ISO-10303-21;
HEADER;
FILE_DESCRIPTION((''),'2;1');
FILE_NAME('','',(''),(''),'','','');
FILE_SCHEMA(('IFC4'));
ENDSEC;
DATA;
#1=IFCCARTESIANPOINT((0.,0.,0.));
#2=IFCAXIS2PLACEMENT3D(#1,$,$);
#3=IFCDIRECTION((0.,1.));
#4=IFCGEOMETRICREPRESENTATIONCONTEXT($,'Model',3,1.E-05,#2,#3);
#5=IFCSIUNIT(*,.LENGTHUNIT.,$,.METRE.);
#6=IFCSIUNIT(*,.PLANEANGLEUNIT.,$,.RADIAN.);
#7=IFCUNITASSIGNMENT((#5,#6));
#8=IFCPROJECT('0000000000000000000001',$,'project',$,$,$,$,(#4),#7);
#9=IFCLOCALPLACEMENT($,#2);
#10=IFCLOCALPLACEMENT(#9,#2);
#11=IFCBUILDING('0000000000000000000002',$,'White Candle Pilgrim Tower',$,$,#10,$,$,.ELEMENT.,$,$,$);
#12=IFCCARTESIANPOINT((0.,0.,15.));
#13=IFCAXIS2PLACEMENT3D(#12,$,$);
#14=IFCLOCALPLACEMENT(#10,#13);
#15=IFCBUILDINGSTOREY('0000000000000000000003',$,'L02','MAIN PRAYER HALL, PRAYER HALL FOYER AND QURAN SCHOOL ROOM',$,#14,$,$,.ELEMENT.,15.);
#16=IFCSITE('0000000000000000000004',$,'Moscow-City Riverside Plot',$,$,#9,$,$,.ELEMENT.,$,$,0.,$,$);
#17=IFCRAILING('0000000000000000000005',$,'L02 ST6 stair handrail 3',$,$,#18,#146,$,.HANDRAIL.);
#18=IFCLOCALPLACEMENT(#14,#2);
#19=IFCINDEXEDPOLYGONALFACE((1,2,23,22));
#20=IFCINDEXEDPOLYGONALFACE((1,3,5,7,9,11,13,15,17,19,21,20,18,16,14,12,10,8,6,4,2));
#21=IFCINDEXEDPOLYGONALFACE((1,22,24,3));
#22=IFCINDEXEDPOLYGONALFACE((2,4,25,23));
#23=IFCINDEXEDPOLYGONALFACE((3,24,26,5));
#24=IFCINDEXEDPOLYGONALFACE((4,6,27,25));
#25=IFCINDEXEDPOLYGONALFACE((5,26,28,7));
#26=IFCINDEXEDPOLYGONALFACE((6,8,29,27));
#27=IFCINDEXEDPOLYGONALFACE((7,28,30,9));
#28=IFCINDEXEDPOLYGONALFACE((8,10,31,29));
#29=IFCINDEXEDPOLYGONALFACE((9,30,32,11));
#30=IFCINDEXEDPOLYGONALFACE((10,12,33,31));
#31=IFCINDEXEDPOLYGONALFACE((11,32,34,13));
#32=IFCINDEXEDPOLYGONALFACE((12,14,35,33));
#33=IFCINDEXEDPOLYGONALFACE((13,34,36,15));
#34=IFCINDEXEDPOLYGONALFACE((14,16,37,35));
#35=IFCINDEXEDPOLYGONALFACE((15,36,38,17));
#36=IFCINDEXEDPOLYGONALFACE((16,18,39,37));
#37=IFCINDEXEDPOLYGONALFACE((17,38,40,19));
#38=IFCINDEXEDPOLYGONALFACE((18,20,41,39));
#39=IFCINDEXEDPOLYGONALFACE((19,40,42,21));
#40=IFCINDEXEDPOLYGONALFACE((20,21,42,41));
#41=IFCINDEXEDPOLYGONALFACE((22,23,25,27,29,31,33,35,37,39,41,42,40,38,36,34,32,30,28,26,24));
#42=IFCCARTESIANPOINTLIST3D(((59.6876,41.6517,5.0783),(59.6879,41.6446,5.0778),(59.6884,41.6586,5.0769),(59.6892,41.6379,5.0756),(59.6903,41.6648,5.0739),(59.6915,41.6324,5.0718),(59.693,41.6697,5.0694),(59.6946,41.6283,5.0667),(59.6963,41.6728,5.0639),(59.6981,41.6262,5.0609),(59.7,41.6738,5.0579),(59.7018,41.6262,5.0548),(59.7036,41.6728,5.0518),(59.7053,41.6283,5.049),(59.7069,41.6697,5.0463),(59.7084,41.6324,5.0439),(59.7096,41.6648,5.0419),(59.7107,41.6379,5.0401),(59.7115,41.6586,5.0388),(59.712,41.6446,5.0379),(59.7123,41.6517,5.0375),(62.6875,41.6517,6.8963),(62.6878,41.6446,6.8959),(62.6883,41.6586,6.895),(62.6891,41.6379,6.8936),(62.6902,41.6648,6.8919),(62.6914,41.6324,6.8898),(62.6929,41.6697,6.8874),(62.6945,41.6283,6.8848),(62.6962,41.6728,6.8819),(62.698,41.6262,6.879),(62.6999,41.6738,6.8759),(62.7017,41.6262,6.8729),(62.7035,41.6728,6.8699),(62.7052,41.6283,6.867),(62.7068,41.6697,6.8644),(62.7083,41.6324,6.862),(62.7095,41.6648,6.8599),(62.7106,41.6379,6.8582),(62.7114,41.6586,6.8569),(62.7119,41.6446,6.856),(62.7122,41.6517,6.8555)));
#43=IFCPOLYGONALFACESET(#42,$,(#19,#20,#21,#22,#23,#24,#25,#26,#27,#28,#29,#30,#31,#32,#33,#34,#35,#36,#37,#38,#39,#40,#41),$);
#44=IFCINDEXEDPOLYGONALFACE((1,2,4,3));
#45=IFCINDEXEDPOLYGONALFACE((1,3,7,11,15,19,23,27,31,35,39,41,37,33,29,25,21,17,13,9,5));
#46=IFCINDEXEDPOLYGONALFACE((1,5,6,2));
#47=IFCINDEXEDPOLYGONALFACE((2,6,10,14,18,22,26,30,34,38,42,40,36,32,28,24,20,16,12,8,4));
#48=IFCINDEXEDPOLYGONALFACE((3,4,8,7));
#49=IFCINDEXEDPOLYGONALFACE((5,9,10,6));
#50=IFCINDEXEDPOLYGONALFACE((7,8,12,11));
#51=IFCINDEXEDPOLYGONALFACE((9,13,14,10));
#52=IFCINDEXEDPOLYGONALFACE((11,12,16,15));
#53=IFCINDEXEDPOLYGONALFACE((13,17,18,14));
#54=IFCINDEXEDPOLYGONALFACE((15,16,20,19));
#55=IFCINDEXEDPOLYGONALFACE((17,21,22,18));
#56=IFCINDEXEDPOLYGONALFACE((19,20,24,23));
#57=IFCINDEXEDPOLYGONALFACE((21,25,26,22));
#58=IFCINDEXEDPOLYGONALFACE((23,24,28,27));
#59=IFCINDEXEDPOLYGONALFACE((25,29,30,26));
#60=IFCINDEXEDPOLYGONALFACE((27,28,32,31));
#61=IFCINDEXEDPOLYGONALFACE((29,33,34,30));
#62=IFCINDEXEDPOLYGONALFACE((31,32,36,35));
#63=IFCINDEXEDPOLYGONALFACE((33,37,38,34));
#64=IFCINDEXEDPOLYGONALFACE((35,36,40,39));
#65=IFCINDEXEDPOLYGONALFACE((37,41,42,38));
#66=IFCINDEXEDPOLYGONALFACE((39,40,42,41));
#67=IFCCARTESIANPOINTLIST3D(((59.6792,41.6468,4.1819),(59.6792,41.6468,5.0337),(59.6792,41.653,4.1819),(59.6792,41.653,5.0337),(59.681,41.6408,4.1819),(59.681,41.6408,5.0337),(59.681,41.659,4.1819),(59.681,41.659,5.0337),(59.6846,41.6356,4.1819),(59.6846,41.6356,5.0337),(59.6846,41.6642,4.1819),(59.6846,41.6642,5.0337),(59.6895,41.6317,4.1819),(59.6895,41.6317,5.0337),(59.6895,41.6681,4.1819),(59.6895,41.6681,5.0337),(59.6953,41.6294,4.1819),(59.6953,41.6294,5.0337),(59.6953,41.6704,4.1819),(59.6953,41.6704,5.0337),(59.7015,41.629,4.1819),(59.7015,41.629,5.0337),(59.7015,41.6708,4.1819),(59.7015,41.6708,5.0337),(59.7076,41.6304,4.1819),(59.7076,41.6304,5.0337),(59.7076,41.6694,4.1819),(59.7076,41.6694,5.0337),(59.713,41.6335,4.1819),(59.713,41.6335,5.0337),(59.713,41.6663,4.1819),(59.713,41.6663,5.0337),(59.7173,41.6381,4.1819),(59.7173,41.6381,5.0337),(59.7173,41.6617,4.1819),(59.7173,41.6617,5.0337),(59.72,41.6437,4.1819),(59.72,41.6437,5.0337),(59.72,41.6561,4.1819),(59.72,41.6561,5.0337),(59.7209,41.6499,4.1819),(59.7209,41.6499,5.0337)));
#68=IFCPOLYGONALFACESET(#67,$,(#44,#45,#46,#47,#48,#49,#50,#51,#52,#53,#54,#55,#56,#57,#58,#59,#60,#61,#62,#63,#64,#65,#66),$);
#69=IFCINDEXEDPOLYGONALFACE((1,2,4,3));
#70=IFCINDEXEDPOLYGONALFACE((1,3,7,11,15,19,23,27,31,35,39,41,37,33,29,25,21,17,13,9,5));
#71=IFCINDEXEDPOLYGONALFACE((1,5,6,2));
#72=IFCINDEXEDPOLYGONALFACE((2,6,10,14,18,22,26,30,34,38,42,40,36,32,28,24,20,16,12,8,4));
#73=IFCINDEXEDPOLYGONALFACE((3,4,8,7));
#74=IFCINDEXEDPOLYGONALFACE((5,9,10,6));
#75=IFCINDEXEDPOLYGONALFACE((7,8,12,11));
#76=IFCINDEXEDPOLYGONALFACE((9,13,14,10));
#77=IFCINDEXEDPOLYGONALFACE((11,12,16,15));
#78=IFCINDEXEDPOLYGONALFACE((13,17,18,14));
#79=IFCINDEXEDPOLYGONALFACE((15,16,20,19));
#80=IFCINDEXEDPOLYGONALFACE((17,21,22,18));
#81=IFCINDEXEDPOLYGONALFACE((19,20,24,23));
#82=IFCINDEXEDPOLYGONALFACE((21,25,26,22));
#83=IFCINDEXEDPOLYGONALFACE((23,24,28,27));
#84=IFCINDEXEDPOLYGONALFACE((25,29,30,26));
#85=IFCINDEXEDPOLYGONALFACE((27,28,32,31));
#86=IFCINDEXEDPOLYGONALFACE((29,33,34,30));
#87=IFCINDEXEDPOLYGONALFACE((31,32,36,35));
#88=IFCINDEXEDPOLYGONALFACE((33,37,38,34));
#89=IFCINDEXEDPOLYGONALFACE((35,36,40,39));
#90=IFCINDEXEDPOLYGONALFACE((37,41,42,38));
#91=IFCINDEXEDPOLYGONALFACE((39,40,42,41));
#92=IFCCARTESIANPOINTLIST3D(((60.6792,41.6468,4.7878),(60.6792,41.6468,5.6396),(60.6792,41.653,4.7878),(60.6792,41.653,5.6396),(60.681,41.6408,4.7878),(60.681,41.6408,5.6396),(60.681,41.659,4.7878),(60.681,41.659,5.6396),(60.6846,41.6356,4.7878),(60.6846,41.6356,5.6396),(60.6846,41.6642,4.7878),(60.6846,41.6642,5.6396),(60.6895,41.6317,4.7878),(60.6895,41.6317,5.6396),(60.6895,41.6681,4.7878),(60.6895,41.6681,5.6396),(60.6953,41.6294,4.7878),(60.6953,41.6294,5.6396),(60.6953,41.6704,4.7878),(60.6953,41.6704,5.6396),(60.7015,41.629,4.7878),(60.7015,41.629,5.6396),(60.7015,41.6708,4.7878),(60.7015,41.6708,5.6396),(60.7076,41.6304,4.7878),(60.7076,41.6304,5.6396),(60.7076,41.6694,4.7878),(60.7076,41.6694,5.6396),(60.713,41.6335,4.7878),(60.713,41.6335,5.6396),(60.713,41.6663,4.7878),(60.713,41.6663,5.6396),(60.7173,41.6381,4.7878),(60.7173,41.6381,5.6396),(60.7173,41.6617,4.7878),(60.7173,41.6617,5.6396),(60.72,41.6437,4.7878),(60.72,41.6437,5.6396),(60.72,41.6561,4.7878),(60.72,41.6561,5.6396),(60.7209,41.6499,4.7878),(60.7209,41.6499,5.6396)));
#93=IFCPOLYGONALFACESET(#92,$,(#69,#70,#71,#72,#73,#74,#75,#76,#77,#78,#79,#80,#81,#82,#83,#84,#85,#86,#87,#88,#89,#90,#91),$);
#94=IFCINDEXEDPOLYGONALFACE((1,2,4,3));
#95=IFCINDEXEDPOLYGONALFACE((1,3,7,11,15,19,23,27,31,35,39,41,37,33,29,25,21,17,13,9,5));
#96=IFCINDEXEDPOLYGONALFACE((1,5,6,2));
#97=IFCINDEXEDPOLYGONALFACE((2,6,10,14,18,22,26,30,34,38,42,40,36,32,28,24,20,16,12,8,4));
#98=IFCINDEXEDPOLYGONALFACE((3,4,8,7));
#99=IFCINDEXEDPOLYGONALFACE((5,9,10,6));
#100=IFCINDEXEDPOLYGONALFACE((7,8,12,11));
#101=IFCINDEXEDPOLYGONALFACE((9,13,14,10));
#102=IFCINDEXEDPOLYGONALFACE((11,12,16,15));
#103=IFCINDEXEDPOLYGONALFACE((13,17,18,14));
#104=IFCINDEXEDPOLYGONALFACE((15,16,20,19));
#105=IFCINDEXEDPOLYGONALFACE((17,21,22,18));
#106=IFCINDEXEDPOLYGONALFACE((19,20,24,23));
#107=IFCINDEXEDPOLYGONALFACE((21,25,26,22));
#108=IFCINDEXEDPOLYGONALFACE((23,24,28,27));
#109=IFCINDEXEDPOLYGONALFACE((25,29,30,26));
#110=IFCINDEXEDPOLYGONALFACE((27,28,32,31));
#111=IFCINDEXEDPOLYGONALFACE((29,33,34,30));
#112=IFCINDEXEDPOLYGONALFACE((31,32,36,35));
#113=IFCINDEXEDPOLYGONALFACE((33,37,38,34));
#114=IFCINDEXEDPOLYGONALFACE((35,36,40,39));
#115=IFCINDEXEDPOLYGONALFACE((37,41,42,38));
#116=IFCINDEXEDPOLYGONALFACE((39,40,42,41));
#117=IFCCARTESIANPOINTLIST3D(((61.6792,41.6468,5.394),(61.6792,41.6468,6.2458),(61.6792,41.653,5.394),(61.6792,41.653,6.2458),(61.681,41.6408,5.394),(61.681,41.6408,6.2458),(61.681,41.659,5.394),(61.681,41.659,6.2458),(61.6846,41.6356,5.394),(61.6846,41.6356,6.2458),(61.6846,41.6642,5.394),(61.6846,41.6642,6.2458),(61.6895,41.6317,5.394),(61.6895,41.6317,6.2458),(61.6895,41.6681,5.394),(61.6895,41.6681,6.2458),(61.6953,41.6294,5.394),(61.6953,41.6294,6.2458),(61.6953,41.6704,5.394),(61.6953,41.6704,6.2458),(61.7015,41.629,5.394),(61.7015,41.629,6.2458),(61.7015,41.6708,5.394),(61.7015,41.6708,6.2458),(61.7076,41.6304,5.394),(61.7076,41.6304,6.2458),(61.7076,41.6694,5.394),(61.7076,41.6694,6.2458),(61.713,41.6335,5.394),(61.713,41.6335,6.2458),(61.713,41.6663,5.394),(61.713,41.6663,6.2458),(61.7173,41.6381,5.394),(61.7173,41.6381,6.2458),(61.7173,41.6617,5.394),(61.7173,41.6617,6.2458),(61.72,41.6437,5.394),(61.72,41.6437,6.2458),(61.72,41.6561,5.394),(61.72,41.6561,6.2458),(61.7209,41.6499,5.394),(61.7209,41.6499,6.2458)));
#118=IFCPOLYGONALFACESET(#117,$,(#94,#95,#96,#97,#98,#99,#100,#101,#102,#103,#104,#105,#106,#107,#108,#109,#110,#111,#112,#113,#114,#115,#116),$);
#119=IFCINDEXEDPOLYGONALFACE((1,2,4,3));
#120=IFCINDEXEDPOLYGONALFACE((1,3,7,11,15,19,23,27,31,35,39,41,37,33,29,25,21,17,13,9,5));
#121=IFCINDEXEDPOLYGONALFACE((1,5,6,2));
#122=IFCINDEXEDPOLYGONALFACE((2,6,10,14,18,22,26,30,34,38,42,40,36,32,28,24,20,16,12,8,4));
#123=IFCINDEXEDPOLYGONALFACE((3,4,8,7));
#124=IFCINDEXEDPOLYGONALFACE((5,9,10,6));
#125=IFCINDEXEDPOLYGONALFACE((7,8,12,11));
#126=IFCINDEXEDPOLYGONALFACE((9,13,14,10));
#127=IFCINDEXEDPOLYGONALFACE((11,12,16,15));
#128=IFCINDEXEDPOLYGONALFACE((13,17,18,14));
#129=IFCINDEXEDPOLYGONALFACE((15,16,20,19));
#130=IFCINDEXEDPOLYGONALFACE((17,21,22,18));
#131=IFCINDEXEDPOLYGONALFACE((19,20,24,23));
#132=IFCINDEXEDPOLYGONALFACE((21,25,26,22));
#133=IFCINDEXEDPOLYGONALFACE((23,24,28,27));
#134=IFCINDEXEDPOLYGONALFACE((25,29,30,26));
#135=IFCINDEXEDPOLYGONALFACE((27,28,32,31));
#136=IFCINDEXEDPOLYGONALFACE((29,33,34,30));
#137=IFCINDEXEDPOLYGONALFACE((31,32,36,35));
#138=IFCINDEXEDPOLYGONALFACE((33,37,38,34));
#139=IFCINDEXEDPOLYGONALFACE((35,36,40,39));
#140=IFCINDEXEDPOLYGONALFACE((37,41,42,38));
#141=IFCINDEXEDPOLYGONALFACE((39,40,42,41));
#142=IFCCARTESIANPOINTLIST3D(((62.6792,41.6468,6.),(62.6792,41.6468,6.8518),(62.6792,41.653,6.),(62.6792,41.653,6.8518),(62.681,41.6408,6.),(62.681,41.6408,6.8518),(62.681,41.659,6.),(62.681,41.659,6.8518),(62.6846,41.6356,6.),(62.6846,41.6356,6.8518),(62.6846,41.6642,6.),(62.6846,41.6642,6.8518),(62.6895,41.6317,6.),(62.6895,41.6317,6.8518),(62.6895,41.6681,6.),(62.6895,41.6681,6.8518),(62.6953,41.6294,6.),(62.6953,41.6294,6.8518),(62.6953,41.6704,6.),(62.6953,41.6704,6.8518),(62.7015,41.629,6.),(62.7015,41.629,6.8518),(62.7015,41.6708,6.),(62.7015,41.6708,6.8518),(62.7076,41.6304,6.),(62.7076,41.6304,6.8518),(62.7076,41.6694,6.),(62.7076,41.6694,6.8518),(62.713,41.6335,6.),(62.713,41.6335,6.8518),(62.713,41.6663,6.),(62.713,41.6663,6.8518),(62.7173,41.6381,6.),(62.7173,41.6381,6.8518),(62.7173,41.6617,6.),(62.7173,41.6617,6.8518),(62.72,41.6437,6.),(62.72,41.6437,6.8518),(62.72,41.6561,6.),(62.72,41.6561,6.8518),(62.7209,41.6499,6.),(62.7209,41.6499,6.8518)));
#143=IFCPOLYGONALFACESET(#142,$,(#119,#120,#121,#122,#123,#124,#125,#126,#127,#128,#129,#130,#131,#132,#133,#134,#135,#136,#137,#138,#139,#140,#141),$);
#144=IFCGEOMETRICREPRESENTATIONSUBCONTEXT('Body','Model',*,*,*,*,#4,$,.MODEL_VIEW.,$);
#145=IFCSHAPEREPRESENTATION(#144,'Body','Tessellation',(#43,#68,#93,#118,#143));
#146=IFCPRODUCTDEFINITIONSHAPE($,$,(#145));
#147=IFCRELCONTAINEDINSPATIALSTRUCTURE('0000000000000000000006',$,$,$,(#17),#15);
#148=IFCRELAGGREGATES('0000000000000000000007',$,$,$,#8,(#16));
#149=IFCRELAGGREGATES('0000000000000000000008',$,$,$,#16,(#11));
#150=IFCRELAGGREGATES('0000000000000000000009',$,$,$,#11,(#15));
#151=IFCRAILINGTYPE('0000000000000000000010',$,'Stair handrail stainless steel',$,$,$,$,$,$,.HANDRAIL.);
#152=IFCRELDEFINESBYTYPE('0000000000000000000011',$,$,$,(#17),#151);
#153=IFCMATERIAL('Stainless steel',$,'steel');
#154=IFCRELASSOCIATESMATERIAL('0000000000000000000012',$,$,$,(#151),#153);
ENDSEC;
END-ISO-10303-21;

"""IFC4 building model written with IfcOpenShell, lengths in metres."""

from ifc_helpers import new_model, si_unit, direction, frame, origin, origin_2d, place, context, subcontext, project, spatial, circle, extrude, material, type_object, element, save


model = new_model("IFC4")

# Units and contexts
model_context = context("Model", 3, precision=1e-05, world=origin(), true_north=direction((0.0, 1.0)))
body_context = subcontext(model_context, "Body", "Model", "MODEL_VIEW")
ifc_project = project(units=[si_unit("LENGTHUNIT", "METRE"), si_unit("PLANEANGLEUNIT", "RADIAN")], contexts=[model_context])

# Site, building, storey
site_placement = place(None, origin())
site = spatial("IfcSite", under=ifc_project, at=site_placement, Name="Moscow-City Riverside Plot", CompositionType="ELEMENT", RefElevation=0.0)
building_placement = place(site_placement, origin())
building = spatial("IfcBuilding", under=site, at=building_placement, Name="White Candle Pilgrim Tower", CompositionType="ELEMENT")
storey_placement = place(building_placement, frame((0.0, 0.0, 15.0)))
storey = spatial("IfcBuildingStorey", under=building, at=storey_placement, Name="L02", Description="MAIN PRAYER HALL, PRAYER HALL FOYER AND QURAN SCHOOL ROOM", CompositionType="ELEMENT", Elevation=15.0)

# Railing
ifc_material_1 = material(Name="Stainless steel", Category="steel")
railing_type_1 = type_object("IfcRailingType", Name="Stair handrail stainless steel", PredefinedType="HANDRAIL", material=ifc_material_1)
railing_1_placement = place(storey_placement, frame((59.7, 41.6499, 4.1819)))
element("IfcRailing", 1, at=railing_1_placement, inside=storey, type_object=railing_type_1, Name="L02 ST6 stair handrail 3", PredefinedType="HANDRAIL", context=body_context, shape_type="SweptSolid", body=[
    extrude(circle(Radius=0.0239, at=origin_2d()), frame((0.0, 0.0, 0.876), z_axis=(0.855206, 0.0, 0.518288), x_axis=(0.0, 1.0, 0.0)), (0.0, 0.0, 1.0), 3.5078),
    extrude(circle(Radius=0.021, at=origin_2d()), origin(), (0.0, 0.0, 1.0), 0.8518),
    extrude(circle(Radius=0.021, at=origin_2d()), frame((1.0, 0.0, 0.606)), (0.0, 0.0, 1.0), 0.8518),
    extrude(circle(Radius=0.021, at=origin_2d()), frame((2.0, 0.0, 1.2122)), (0.0, 0.0, 1.0), 0.8518),
    extrude(circle(Radius=0.021, at=origin_2d()), frame((3.0, 0.0, 1.8181)), (0.0, 0.0, 1.0), 0.8518),
])

save(model, "model.ifc")
